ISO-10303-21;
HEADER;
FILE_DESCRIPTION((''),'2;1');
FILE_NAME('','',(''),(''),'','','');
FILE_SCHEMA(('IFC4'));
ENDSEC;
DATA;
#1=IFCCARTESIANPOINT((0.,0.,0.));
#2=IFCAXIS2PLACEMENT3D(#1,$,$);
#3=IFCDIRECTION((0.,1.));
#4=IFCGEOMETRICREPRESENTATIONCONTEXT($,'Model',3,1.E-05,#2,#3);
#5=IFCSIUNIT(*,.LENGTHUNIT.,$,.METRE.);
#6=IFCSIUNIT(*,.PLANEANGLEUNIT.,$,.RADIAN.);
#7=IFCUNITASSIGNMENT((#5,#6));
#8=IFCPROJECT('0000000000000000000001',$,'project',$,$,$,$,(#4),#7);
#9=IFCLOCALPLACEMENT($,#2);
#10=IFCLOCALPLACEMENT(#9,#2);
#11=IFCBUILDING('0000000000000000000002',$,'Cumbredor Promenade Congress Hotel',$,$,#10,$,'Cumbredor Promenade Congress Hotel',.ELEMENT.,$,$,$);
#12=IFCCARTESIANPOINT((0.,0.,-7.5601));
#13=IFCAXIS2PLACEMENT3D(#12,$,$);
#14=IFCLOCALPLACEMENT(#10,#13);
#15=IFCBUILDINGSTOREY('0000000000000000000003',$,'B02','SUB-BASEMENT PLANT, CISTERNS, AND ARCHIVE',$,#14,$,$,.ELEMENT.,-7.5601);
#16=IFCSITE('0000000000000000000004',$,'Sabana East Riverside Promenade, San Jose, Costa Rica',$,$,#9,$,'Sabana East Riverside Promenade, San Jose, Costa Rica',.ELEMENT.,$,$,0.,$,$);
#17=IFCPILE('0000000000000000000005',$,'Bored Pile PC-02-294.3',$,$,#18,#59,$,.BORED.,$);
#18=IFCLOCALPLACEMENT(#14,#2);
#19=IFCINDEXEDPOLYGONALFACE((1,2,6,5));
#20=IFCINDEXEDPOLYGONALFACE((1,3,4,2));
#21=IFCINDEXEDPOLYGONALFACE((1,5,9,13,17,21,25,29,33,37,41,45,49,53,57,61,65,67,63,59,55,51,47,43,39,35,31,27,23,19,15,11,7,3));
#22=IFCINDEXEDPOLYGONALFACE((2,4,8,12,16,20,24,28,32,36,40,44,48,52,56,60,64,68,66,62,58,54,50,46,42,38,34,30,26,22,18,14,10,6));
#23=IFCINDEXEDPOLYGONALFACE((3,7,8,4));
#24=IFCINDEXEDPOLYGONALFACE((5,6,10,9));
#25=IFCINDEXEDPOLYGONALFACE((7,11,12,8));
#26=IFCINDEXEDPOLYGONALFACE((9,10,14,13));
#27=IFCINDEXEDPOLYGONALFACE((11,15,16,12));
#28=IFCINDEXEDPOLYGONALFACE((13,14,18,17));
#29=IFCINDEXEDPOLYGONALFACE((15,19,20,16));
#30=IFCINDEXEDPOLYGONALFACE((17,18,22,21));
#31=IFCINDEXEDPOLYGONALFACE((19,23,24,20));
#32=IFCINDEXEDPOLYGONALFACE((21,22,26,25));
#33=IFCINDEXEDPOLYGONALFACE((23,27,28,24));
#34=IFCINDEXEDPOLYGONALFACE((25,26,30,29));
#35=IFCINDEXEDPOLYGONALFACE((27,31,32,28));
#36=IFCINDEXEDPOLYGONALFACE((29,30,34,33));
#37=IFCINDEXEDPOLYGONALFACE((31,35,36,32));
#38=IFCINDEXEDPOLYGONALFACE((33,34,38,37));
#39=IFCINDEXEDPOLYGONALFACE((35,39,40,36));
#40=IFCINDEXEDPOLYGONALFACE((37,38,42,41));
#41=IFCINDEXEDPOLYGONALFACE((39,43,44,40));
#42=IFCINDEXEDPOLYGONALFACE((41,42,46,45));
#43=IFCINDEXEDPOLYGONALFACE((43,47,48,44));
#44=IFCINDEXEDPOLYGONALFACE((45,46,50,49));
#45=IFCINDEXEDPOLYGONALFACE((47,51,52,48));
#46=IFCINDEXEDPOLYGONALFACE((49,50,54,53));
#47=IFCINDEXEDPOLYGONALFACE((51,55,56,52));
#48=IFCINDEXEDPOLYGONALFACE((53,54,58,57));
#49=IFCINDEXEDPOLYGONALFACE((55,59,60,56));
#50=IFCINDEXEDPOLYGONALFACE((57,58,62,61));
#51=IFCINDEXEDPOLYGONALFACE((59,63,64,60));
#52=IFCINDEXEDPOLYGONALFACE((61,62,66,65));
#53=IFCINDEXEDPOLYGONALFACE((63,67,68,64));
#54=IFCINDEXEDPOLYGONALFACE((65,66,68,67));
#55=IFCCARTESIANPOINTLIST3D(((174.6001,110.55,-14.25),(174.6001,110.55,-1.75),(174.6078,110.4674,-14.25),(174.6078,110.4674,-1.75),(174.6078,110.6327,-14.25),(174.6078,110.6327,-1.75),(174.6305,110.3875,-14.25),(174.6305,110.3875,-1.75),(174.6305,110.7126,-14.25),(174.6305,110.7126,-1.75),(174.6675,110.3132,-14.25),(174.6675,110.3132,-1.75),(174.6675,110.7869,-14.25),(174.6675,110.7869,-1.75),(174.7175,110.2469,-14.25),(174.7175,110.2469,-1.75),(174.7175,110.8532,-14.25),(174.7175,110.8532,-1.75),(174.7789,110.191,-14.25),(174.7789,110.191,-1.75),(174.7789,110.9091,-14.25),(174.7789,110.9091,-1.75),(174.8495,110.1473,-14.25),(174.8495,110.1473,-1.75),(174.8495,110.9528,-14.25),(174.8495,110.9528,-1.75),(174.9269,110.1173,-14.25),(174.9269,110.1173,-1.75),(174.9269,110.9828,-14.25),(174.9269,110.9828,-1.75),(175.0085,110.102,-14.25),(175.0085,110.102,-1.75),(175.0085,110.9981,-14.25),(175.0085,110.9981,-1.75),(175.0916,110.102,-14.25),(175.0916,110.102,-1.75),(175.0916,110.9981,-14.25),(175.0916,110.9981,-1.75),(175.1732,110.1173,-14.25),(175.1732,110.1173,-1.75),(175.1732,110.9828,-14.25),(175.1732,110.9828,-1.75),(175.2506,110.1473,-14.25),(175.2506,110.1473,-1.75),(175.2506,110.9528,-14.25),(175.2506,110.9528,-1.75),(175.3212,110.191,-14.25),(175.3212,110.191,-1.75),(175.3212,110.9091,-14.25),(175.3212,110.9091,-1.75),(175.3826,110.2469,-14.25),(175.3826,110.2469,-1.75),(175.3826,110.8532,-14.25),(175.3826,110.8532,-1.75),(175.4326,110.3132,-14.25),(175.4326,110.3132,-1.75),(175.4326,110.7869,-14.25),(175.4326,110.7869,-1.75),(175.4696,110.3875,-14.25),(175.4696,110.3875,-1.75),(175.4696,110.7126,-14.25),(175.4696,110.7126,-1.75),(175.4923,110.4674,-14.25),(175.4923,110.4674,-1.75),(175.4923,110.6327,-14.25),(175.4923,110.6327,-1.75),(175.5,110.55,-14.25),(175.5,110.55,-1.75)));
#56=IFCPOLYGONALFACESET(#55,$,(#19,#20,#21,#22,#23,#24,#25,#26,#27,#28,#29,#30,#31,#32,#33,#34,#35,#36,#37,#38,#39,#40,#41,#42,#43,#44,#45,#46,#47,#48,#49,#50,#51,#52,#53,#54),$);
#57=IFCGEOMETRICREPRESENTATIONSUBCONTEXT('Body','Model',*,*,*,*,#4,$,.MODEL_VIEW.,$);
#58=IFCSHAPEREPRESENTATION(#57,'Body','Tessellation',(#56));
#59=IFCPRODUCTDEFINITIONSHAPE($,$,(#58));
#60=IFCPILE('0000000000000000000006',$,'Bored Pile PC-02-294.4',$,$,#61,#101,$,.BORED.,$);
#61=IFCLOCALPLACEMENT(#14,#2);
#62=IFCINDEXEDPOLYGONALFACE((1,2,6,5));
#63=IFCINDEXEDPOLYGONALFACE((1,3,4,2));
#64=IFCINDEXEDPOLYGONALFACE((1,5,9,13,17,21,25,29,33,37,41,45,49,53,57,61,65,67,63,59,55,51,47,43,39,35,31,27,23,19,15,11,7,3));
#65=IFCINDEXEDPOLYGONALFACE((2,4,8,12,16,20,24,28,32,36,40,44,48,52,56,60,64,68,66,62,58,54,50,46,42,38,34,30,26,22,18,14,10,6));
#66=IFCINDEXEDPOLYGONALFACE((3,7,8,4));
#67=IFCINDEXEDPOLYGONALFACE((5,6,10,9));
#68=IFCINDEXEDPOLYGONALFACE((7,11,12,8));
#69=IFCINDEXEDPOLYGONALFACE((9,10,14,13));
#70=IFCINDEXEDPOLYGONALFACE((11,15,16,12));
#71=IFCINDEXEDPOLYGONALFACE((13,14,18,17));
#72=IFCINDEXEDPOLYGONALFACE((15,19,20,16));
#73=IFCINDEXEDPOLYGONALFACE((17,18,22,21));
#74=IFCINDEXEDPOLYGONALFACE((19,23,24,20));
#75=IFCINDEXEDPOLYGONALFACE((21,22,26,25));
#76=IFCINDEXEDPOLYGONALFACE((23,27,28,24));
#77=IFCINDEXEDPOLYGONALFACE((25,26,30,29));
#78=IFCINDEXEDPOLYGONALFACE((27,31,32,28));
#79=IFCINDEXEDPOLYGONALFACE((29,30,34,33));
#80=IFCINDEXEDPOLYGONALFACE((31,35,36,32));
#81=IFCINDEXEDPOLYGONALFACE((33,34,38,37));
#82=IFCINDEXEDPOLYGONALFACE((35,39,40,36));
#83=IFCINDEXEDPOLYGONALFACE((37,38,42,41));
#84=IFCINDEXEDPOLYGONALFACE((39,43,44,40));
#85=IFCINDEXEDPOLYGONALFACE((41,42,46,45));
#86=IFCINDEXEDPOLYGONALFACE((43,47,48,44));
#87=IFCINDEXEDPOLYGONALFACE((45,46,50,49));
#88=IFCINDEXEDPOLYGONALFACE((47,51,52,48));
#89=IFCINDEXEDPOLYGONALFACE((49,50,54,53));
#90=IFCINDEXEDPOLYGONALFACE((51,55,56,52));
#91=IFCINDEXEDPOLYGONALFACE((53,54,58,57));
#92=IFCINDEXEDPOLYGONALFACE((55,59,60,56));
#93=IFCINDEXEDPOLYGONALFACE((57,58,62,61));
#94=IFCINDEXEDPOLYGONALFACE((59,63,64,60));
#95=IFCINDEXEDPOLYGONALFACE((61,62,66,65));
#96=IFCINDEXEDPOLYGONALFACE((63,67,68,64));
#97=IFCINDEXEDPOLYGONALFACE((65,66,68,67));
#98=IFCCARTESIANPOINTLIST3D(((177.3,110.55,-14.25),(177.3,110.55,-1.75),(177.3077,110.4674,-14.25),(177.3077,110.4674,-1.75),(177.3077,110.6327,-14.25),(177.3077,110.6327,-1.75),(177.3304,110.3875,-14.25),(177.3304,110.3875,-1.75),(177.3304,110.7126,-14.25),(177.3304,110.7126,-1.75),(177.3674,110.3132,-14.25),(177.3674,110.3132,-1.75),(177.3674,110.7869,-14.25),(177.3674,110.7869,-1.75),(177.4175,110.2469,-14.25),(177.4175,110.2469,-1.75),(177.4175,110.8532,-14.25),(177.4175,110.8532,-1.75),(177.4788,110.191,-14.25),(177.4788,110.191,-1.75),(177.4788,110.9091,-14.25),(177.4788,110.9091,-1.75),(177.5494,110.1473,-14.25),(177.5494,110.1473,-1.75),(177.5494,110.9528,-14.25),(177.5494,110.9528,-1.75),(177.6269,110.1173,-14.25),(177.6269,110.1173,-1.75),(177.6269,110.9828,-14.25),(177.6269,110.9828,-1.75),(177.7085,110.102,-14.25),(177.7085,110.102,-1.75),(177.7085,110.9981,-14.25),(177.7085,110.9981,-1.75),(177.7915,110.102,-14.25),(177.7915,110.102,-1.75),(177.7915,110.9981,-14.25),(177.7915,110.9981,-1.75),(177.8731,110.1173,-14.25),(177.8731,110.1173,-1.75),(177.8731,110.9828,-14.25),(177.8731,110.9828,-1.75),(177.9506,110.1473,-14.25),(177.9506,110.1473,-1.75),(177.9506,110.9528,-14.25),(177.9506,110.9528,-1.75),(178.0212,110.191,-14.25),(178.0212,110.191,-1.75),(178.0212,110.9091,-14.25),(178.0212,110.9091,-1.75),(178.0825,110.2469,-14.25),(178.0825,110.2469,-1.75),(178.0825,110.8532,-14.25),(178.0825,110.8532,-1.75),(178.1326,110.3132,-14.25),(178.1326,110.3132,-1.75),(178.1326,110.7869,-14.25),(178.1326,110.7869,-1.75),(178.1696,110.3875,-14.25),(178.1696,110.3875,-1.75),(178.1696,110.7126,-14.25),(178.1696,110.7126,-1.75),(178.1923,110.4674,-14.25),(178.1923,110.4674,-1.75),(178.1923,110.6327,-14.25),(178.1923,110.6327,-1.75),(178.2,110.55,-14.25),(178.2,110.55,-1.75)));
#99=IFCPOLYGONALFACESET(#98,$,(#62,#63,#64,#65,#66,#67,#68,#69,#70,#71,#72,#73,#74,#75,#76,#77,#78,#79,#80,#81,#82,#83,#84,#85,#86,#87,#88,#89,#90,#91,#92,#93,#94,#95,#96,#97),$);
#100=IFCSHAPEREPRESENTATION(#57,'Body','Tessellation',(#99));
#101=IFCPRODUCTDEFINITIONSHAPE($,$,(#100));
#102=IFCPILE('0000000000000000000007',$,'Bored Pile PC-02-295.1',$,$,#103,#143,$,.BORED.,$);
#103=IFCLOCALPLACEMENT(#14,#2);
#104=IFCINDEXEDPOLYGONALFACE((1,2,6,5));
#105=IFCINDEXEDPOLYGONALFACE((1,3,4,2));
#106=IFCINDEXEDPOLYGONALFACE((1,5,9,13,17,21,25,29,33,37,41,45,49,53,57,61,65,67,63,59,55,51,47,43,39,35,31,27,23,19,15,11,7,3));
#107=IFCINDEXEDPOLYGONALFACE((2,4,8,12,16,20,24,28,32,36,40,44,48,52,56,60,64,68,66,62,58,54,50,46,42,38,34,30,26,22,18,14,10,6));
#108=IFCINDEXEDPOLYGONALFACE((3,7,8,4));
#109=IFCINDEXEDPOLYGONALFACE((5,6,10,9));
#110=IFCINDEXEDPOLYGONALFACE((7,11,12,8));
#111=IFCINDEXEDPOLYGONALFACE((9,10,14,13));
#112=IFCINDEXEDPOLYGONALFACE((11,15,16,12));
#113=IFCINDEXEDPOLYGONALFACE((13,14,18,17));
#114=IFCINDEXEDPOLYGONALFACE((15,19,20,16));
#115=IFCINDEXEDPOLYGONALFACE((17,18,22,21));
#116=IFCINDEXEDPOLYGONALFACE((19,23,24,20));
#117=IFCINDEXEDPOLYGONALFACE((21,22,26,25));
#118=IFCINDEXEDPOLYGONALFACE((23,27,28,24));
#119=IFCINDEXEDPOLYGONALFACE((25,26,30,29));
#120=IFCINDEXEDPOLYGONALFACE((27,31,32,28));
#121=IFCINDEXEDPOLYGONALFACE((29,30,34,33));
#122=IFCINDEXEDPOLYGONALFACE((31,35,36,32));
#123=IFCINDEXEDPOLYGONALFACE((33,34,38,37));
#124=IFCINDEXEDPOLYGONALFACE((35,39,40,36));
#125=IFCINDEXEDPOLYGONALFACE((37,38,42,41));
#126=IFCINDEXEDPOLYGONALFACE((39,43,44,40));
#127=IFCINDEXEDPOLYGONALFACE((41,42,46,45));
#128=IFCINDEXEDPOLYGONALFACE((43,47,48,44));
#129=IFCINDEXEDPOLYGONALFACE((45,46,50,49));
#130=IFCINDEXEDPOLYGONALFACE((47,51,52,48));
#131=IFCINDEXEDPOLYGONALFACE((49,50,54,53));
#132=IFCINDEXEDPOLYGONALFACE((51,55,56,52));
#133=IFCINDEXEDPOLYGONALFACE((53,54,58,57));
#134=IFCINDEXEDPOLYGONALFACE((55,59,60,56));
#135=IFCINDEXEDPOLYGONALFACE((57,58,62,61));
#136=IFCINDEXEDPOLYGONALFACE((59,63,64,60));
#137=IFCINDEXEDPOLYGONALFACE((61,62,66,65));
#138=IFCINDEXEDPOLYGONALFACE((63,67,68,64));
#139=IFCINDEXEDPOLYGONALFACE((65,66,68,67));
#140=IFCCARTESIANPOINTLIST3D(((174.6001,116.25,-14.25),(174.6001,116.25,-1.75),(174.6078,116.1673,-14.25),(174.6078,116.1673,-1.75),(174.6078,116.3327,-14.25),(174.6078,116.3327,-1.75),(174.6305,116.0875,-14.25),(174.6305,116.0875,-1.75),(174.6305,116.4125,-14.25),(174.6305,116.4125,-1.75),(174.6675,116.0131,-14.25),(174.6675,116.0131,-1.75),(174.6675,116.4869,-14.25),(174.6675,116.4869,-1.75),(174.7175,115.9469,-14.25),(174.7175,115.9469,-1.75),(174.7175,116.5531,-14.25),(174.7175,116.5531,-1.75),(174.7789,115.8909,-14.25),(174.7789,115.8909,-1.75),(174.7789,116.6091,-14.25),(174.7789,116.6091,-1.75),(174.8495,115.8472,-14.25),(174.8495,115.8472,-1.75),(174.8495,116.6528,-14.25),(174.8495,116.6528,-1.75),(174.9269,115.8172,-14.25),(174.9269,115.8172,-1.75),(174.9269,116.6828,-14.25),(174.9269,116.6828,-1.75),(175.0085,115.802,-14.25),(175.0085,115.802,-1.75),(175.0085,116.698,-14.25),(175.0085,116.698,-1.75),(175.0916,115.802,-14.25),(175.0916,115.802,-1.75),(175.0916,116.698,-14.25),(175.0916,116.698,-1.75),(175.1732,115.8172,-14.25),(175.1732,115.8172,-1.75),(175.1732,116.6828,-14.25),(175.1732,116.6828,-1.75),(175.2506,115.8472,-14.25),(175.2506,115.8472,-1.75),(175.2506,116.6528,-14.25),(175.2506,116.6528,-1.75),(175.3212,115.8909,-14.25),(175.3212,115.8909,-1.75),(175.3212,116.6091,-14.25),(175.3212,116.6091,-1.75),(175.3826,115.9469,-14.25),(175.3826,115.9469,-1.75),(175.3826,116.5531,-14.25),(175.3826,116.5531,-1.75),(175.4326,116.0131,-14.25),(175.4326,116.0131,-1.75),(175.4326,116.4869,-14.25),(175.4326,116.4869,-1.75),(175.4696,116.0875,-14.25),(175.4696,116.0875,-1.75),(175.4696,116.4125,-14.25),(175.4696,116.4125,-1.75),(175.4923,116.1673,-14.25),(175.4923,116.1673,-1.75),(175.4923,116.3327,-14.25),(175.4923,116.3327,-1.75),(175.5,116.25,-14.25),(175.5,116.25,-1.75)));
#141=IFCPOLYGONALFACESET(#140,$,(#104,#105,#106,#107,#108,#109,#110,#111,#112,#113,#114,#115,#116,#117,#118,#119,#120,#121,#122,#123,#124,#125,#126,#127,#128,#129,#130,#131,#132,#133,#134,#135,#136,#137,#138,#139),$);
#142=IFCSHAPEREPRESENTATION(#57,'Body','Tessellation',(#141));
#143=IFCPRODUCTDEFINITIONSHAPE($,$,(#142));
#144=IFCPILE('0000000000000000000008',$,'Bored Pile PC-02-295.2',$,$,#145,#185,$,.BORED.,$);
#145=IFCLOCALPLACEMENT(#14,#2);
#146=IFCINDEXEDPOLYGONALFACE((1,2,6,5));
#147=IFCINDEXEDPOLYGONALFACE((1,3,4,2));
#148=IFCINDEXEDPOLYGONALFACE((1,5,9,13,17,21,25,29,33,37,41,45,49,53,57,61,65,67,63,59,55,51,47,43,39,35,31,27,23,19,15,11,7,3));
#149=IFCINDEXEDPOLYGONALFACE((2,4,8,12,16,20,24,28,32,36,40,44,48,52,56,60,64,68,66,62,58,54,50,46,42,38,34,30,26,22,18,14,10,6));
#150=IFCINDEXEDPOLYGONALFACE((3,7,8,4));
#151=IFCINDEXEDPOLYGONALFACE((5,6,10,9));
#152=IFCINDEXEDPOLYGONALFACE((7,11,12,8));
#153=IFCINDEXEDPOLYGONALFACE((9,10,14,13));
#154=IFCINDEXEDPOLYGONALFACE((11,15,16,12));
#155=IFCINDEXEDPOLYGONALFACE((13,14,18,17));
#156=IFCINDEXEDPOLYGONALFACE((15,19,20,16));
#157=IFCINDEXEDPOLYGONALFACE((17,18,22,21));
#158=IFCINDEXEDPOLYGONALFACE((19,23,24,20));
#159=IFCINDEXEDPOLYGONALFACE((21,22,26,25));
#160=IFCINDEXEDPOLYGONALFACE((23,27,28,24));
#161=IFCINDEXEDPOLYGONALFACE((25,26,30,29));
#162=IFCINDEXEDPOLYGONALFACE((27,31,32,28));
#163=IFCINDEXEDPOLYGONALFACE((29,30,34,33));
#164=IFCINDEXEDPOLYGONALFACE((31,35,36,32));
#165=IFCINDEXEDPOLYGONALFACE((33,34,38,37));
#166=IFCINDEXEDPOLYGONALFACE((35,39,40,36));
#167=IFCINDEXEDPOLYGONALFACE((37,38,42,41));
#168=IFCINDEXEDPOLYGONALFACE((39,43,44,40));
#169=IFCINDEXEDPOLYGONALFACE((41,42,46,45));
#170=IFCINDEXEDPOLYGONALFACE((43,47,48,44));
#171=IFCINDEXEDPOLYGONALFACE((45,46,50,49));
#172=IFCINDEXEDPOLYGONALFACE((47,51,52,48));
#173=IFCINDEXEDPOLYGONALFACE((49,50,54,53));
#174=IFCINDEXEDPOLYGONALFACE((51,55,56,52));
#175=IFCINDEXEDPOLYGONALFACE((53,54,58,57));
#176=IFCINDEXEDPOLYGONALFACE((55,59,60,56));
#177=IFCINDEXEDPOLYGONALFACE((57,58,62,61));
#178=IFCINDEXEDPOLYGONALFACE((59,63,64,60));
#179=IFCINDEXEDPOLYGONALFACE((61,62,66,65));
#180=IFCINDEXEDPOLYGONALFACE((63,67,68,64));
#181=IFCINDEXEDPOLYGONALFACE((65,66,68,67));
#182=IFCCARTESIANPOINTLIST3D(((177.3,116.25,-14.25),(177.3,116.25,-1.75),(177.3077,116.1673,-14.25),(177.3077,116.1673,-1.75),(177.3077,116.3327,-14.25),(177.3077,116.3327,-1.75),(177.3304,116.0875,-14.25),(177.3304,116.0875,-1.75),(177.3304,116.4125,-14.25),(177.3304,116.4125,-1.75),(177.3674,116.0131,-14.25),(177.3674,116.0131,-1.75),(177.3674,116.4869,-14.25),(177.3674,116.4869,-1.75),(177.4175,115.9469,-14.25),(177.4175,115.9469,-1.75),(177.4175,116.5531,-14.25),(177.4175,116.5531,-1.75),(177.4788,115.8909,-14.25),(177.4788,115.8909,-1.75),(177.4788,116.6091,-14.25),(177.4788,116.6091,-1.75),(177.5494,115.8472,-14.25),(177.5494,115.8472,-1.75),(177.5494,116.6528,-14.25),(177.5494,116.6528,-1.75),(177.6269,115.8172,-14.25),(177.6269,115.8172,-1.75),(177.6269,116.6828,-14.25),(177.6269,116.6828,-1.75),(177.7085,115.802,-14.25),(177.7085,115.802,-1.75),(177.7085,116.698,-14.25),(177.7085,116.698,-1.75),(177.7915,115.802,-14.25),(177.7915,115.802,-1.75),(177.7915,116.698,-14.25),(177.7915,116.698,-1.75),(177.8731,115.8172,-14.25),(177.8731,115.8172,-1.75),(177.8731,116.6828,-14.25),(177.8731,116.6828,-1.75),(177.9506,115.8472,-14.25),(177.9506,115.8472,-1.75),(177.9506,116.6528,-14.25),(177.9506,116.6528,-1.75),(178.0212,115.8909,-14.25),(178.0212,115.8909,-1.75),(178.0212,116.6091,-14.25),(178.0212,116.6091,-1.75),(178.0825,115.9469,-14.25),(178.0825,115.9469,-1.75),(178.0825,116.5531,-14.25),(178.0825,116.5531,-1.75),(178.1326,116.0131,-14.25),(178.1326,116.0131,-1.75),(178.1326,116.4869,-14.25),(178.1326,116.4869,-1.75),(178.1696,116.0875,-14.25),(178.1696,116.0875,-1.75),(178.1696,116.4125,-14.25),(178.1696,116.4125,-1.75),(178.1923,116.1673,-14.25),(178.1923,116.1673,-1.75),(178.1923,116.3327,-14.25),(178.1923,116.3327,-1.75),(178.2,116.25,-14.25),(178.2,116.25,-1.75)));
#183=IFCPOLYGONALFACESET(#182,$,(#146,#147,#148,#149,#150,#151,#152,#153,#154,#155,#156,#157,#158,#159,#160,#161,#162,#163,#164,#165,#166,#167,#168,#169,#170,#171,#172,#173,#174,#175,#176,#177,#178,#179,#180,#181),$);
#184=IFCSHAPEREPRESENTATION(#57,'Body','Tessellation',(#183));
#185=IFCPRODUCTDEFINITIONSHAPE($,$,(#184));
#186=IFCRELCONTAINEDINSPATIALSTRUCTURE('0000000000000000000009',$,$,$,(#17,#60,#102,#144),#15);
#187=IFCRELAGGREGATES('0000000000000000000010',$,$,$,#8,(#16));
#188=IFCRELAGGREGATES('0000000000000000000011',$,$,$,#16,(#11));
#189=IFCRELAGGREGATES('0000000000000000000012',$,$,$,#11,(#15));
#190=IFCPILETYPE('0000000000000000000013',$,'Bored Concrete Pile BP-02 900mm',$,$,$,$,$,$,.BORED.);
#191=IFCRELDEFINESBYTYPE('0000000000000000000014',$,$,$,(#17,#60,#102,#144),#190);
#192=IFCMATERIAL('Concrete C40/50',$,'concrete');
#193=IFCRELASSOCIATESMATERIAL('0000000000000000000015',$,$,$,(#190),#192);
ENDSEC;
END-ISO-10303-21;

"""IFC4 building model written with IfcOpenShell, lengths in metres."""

from ifc_helpers import new_model, si_unit, direction, frame, origin, origin_2d, place, context, subcontext, project, spatial, circle, extrude, material, material_profile, profile_set, type_object, element, save


model = new_model("IFC4")

# Units and contexts
model_context = context("Model", 3, precision=1e-05, world=origin(), true_north=direction((0.0, 1.0)))
body_context = subcontext(model_context, "Body", "Model", "MODEL_VIEW")
ifc_project = project(units=[si_unit("LENGTHUNIT", "METRE"), si_unit("PLANEANGLEUNIT", "RADIAN")], contexts=[model_context])

# Site, building, storey
site_placement = place(None, origin())
site = spatial("IfcSite", under=ifc_project, at=site_placement, Name="Sabana East Riverside Promenade, San Jose, Costa Rica", LongName="Sabana East Riverside Promenade, San Jose, Costa Rica", CompositionType="ELEMENT", RefElevation=0.0)
building_placement = place(site_placement, origin())
building = spatial("IfcBuilding", under=site, at=building_placement, Name="Cumbredor Promenade Congress Hotel", LongName="Cumbredor Promenade Congress Hotel", CompositionType="ELEMENT")
storey_placement = place(building_placement, frame((0.0, 0.0, -7.5601)))
storey = spatial("IfcBuildingStorey", under=building, at=storey_placement, Name="B02", Description="SUB-BASEMENT PLANT, CISTERNS, AND ARCHIVE", CompositionType="ELEMENT", Elevation=-7.5601)

# Piles
ifc_material_1 = material(Name="Concrete C40/50", Category="concrete")
ifc_material_profile_1 = material_profile(ifc_material_1, circle(Radius=0.45, at=origin_2d()), Name="PILE D900")
ifc_profile_set_1 = profile_set([ifc_material_profile_1], Name="Concrete C40/50")
pile_type = type_object("IfcPileType", Name="Bored Concrete Pile BP-02 900mm", PredefinedType="BORED", material=ifc_profile_set_1)
for number, where, z_axis, x_axis, name in (
    (1, (175.05, 110.55, -1.75), (0.0, 0.0, -1.0), (1.0, 0.0, 0.0), "Bored Pile PC-02-294.3"),
    (2, (177.75, 110.55, -1.75), (0.0, 0.0, -1.0), (1.0, 0.0, 0.0), "Bored Pile PC-02-294.4"),
    (3, (175.05, 116.25, -1.75), (0.0, 0.0, -1.0), (1.0, 0.0, 0.0), "Bored Pile PC-02-295.1"),
    (4, (177.75, 116.25, -1.75), (0.0, 0.0, -1.0), (1.0, 0.0, 0.0), "Bored Pile PC-02-295.2"),
):
    element("IfcPile", number, at=place(storey_placement, frame(where, z_axis=z_axis, x_axis=x_axis)), inside=storey, type_object=pile_type, Name=name, PredefinedType="BORED", context=body_context, shape_type="SweptSolid", body=[
        extrude(circle(Radius=0.45, at=origin_2d()), origin(), (0.0, 0.0, 1.0), 12.5),
    ])

save(model, "model.ifc")
